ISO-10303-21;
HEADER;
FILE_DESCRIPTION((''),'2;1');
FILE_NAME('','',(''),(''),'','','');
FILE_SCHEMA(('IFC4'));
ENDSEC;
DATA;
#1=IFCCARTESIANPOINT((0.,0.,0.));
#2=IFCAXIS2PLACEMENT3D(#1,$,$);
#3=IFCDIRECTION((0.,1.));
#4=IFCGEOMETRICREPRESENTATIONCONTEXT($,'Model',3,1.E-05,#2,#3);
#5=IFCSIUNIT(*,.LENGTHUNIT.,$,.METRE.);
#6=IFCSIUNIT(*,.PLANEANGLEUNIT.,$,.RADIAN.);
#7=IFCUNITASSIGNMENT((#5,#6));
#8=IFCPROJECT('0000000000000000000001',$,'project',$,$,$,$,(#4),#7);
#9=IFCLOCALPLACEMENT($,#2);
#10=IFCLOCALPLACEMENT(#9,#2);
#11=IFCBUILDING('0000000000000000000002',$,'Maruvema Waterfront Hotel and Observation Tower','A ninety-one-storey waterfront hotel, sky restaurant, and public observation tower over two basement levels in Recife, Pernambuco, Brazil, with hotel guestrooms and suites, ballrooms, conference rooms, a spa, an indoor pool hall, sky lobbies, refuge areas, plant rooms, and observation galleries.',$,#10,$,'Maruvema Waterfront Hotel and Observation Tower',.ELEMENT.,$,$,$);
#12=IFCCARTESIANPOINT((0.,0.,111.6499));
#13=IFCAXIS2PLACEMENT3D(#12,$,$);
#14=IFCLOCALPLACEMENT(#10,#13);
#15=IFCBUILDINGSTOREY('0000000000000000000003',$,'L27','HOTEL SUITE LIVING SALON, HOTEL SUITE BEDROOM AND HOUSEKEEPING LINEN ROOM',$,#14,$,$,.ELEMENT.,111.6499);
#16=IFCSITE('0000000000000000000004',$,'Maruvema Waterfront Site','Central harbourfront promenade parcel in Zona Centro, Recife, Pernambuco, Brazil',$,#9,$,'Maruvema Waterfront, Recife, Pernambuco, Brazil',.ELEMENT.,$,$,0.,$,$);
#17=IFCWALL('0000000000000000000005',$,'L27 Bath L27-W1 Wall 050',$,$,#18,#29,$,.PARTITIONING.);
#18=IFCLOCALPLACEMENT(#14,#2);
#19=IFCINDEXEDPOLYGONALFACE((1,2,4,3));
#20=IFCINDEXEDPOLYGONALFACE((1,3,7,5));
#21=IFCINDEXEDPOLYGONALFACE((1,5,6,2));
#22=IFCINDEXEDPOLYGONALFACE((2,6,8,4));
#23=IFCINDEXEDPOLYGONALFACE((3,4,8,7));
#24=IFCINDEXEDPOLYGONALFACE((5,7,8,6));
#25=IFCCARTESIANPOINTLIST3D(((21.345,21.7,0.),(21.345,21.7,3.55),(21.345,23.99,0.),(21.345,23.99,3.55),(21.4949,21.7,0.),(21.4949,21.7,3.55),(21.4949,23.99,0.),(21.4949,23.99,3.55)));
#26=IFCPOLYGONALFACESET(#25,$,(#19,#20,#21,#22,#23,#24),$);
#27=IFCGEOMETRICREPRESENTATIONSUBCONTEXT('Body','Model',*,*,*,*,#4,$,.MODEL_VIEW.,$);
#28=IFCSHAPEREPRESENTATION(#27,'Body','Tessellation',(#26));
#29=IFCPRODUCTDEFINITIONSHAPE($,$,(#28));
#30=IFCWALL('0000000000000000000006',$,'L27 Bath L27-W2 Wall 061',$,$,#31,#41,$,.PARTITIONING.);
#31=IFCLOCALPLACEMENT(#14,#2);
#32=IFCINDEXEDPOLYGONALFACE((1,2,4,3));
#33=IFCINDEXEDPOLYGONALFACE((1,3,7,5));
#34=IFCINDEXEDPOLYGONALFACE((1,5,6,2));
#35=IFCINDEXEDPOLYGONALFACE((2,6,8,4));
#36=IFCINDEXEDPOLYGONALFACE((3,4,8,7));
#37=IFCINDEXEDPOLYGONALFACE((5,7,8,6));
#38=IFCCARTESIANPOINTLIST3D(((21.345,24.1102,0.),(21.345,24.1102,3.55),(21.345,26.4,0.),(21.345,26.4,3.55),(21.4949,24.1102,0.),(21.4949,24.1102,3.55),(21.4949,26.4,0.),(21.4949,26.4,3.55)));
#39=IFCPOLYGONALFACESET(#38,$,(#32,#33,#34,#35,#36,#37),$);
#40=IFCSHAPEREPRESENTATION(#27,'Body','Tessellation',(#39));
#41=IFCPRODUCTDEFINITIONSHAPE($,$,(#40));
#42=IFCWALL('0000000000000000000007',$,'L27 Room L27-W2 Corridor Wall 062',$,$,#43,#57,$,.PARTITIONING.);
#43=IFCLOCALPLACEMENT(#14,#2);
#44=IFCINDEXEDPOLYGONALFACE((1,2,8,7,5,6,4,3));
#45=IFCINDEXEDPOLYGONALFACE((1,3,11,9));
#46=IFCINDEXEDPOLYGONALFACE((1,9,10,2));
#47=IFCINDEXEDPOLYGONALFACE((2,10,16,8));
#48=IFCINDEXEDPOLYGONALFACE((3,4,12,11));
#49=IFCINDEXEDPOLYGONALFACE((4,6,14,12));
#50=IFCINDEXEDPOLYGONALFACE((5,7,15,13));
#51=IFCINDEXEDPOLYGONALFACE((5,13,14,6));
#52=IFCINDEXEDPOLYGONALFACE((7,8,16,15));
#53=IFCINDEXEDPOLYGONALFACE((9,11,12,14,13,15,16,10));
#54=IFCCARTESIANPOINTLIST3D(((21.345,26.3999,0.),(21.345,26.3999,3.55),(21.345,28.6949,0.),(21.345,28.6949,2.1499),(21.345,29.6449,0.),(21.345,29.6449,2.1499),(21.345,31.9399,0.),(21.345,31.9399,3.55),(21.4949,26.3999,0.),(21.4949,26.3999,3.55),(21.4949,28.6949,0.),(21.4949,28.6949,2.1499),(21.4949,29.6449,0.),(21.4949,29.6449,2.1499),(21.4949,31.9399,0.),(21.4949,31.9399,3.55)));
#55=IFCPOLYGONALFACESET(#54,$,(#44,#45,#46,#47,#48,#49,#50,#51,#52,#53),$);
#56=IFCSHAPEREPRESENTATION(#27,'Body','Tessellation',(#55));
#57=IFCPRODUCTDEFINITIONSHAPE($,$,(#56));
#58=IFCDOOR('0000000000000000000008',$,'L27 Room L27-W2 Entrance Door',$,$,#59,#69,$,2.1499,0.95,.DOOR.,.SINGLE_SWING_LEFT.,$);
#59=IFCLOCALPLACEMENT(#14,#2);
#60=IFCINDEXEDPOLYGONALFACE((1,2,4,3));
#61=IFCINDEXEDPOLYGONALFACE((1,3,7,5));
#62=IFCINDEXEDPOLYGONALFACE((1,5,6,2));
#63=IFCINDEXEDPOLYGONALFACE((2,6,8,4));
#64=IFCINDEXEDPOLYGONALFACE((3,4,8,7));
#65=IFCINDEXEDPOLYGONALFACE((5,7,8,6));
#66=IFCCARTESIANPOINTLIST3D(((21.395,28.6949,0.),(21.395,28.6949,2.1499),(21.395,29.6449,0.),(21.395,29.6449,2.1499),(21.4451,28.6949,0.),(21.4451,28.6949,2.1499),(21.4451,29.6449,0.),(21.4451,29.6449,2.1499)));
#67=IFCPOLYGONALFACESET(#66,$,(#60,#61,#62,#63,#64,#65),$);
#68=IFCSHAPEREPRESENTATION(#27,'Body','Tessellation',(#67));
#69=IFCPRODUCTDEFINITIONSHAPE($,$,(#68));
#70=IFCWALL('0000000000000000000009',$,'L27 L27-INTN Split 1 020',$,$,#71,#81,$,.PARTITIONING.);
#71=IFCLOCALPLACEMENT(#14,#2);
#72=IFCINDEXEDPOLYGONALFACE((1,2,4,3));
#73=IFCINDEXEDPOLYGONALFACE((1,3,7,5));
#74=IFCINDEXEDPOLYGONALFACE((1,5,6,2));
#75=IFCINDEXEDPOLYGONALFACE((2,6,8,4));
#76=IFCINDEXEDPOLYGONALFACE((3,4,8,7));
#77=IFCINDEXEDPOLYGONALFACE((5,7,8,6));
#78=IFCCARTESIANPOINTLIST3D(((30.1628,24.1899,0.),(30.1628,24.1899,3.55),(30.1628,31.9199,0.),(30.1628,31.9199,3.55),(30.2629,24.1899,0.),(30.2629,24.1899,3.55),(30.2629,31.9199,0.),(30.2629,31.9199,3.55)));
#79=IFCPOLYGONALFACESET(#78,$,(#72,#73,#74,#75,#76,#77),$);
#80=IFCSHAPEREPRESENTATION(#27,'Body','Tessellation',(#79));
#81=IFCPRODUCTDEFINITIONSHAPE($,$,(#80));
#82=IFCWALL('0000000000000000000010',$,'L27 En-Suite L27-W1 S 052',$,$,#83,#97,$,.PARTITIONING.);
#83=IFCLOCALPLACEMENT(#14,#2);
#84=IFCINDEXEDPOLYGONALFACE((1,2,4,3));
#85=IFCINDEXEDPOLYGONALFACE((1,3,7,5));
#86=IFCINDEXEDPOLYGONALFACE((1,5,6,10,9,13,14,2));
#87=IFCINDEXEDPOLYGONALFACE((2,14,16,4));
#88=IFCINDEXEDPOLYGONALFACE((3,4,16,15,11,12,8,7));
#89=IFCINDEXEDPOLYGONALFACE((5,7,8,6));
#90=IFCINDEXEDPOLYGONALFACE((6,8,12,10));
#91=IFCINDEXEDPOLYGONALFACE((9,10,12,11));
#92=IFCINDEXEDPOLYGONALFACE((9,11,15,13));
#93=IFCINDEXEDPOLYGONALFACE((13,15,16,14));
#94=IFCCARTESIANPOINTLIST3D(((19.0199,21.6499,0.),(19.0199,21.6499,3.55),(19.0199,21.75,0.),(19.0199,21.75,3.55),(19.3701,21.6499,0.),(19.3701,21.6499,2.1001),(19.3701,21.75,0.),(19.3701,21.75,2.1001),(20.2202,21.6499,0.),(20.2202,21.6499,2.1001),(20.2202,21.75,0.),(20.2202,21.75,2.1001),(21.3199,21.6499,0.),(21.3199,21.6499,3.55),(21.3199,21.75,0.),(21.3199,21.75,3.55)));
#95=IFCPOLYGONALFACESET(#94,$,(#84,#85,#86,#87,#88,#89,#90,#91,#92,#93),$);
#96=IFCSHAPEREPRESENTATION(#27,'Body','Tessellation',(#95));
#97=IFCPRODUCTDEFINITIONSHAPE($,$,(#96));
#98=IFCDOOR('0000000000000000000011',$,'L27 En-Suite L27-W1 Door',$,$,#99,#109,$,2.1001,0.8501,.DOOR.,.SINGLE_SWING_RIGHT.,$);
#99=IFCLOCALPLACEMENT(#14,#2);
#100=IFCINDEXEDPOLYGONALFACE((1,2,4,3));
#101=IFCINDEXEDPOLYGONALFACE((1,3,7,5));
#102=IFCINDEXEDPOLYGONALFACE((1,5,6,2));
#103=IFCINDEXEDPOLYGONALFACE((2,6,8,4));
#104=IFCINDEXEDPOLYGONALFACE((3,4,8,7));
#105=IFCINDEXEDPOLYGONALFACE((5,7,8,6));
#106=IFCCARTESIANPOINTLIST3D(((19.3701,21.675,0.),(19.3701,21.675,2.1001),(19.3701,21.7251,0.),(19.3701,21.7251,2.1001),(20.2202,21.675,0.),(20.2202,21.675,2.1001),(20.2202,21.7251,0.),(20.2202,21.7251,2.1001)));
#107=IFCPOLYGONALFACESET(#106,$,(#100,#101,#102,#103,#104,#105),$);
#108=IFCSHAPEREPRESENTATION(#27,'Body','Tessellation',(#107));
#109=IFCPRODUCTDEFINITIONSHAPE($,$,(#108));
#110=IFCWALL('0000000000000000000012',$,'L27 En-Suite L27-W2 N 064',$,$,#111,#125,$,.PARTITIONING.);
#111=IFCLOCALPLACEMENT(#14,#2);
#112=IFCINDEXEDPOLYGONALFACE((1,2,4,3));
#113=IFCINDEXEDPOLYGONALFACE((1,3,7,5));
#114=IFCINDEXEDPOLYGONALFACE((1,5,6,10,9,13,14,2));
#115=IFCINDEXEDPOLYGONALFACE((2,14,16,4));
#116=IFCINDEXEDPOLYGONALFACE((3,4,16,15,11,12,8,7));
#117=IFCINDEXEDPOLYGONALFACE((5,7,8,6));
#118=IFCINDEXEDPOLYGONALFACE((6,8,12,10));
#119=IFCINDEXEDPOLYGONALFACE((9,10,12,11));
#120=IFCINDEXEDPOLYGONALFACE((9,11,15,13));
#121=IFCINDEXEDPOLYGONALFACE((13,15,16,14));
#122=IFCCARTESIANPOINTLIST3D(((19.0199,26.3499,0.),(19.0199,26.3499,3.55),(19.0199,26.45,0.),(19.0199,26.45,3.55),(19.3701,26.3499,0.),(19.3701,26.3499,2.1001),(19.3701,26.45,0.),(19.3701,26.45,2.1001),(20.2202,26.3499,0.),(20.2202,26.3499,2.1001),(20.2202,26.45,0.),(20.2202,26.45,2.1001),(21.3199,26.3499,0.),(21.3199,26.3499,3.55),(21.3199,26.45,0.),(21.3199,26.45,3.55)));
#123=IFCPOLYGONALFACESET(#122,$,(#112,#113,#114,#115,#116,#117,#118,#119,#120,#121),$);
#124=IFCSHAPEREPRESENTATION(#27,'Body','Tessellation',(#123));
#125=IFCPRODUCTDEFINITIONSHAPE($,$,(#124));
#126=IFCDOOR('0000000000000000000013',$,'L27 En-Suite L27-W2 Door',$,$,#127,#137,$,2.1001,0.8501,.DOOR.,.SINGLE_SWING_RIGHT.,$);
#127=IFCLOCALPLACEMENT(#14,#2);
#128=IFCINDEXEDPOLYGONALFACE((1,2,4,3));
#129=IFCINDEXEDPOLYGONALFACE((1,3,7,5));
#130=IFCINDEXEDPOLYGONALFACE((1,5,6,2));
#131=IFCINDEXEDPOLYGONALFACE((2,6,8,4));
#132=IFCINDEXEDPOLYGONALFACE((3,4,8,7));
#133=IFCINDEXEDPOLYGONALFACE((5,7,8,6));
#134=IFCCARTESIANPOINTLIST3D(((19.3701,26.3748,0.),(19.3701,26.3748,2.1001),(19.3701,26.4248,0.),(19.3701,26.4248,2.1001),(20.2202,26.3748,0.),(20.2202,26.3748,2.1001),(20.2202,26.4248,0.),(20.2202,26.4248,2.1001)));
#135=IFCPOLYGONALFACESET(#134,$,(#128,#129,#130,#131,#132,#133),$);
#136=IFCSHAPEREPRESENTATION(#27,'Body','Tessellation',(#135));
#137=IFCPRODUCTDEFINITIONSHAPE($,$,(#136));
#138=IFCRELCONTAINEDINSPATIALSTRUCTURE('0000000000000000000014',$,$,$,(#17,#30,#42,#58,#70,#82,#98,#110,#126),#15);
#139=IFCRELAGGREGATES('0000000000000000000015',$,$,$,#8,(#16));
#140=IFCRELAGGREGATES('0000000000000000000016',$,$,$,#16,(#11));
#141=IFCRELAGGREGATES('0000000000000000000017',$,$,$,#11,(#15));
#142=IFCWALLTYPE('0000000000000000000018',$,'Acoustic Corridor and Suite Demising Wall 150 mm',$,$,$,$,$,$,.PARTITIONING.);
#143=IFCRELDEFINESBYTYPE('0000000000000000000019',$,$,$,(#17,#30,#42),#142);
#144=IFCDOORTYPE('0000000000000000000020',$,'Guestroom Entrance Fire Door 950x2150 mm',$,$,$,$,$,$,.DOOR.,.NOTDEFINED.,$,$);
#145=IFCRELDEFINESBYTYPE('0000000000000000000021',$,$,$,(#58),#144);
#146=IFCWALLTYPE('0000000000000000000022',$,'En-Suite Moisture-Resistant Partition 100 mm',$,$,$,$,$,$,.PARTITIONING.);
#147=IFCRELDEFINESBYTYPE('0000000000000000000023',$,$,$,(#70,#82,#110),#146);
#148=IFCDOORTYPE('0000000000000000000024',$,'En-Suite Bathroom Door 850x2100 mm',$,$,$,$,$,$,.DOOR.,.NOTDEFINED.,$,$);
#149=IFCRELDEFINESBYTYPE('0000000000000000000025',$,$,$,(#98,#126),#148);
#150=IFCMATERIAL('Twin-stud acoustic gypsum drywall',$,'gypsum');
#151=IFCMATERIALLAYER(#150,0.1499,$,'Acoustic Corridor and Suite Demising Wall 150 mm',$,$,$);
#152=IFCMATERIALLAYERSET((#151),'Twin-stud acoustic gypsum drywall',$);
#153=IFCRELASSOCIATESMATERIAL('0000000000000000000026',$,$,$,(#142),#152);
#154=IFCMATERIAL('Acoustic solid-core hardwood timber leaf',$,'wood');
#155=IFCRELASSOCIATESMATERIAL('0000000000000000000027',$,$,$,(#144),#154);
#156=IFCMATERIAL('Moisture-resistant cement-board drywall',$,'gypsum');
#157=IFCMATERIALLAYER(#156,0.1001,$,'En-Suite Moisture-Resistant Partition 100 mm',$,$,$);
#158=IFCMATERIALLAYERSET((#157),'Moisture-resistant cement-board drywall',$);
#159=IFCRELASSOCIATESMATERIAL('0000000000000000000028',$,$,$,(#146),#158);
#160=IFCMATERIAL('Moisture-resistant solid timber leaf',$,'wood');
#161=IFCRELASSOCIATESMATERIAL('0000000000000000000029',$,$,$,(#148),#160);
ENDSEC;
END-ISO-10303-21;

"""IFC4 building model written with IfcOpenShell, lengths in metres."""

from ifc_helpers import new_model, si_unit, direction, frame, frame_2d, origin, place, context, subcontext, project, spatial, rectangle, extrude, material, layer, layer_set, type_object, element, fill, save


model = new_model("IFC4")

# Units and contexts
model_context = context("Model", 3, precision=1e-05, world=origin(), true_north=direction((0.0, 1.0)))
body_context = subcontext(model_context, "Body", "Model", "MODEL_VIEW")
ifc_project = project(units=[si_unit("LENGTHUNIT", "METRE"), si_unit("PLANEANGLEUNIT", "RADIAN")], contexts=[model_context])

# Site, building, storey
site_placement = place(None, origin())
site = spatial("IfcSite", under=ifc_project, at=site_placement, Name="Maruvema Waterfront Site", Description="Central harbourfront promenade parcel in Zona Centro, Recife, Pernambuco, Brazil", LongName="Maruvema Waterfront, Recife, Pernambuco, Brazil", CompositionType="ELEMENT", RefElevation=0.0)
building_placement = place(site_placement, origin())
building = spatial("IfcBuilding", under=site, at=building_placement, Name="Maruvema Waterfront Hotel and Observation Tower", Description="A ninety-one-storey waterfront hotel, sky restaurant, and public observation tower over two basement levels in Recife, Pernambuco, Brazil, with hotel guestrooms and suites, ballrooms, conference rooms, a spa, an indoor pool hall, sky lobbies, refuge areas, plant rooms, and observation galleries.", LongName="Maruvema Waterfront Hotel and Observation Tower", CompositionType="ELEMENT")
storey_placement = place(building_placement, frame((0.0, 0.0, 111.6499)))
storey = spatial("IfcBuildingStorey", under=building, at=storey_placement, Name="L27", Description="HOTEL SUITE LIVING SALON, HOTEL SUITE BEDROOM AND HOUSEKEEPING LINEN ROOM", CompositionType="ELEMENT", Elevation=111.6499)

# Walls
ifc_material_1 = material(Name="Twin-stud acoustic gypsum drywall", Category="gypsum")
ifc_layer_1 = layer(ifc_material_1, 0.1499, Name="Acoustic Corridor and Suite Demising Wall 150 mm")
ifc_layer_set_1 = layer_set([ifc_layer_1], Name="Twin-stud acoustic gypsum drywall")
wall_type_1 = type_object("IfcWallType", Name="Acoustic Corridor and Suite Demising Wall 150 mm", PredefinedType="PARTITIONING", material=ifc_layer_set_1)
wall_1_placement = place(storey_placement, frame((21.4199, 21.7, 0.0), z_axis=(0.0, 0.0, 1.0), x_axis=(0.0, 1.0, 0.0)))
element("IfcWall", 1, at=wall_1_placement, inside=storey, type_object=wall_type_1, Name="L27 Bath L27-W1 Wall 050", PredefinedType="PARTITIONING", context=body_context, shape_type="SweptSolid", body=[
    extrude(rectangle(XDim=2.29, YDim=0.1499, at=frame_2d((1.145, 0.0))), origin(), (0.0, 0.0, 1.0), 3.55),
])
wall_2_placement = place(storey_placement, frame((21.4199, 24.1101, 0.0), z_axis=(0.0, 0.0, 1.0), x_axis=(0.0, 1.0, 0.0)))
element("IfcWall", 2, at=wall_2_placement, inside=storey, type_object=wall_type_1, Name="L27 Bath L27-W2 Wall 061", PredefinedType="PARTITIONING", context=body_context, shape_type="SweptSolid", body=[
    extrude(rectangle(XDim=2.2898, YDim=0.1499, at=frame_2d((1.145, 0.0))), origin(), (0.0, 0.0, 1.0), 3.55),
])

# Wall, opening, door
wall_3_placement = place(storey_placement, frame((21.4199, 26.3999, 0.0), z_axis=(0.0, 0.0, 1.0), x_axis=(0.0, 1.0, 0.0)))
wall_3 = element("IfcWall", 3, at=wall_3_placement, inside=storey, type_object=wall_type_1, Name="L27 Room L27-W2 Corridor Wall 062", PredefinedType="PARTITIONING", context=body_context, shape_type="SweptSolid", body=[
    extrude(rectangle(XDim=5.54, YDim=0.1499, at=frame_2d((2.77, 0.0))), origin(), (0.0, 0.0, 1.0), 3.55),
])
opening_1_placement = place(wall_3_placement, frame((2.2949, 0.0, 0.0)))
opening_1 = element("IfcOpeningElement", 4, at=opening_1_placement, cuts=wall_3, PredefinedType="OPENING", context=body_context, shape_type="SweptSolid", body=[
    extrude(rectangle(XDim=0.95, YDim=2.1499, at=frame_2d((0.4751, 1.075))), frame((0.0, 0.085, 0.0), z_axis=(0.0, -1.0, 0.0), x_axis=(1.0, 0.0, 0.0)), (0.0, 0.0, 1.0), 0.1699),
])
ifc_material_2 = material(Name="Acoustic solid-core hardwood timber leaf", Category="wood")
door_type_1 = type_object("IfcDoorType", Name="Guestroom Entrance Fire Door 950x2150 mm", OperationType="NOTDEFINED", PredefinedType="DOOR", material=ifc_material_2)
door_1_placement = place(opening_1_placement, origin())
door_1 = element("IfcDoor", 5, at=door_1_placement, inside=storey, type_object=door_type_1, Name="L27 Room L27-W2 Entrance Door", OperationType="SINGLE_SWING_LEFT", OverallHeight=2.1499, OverallWidth=0.95, PredefinedType="DOOR", context=body_context, shape_type="SweptSolid", body=[
    extrude(rectangle(XDim=0.95, YDim=2.1499, at=frame_2d((0.4751, 1.075))), frame((0.0, 0.0249, 0.0), z_axis=(0.0, -1.0, 0.0), x_axis=(1.0, 0.0, 0.0)), (0.0, 0.0, 1.0), 0.05),
])
fill(opening_1, door_1)

# Wall
ifc_material_3 = material(Name="Moisture-resistant cement-board drywall", Category="gypsum")
ifc_layer_2 = layer(ifc_material_3, 0.1001, Name="En-Suite Moisture-Resistant Partition 100 mm")
ifc_layer_set_2 = layer_set([ifc_layer_2], Name="Moisture-resistant cement-board drywall")
wall_type_2 = type_object("IfcWallType", Name="En-Suite Moisture-Resistant Partition 100 mm", PredefinedType="PARTITIONING", material=ifc_layer_set_2)
wall_4_placement = place(storey_placement, frame((30.2129, 24.1899, 0.0), z_axis=(0.0, 0.0, 1.0), x_axis=(0.0, 1.0, 0.0)))
element("IfcWall", 6, at=wall_4_placement, inside=storey, type_object=wall_type_2, Name="L27 L27-INTN Split 1 020", PredefinedType="PARTITIONING", context=body_context, shape_type="SweptSolid", body=[
    extrude(rectangle(XDim=7.73, YDim=0.1001, at=frame_2d((3.865, 0.0))), origin(), (0.0, 0.0, 1.0), 3.55),
])

# Walls, openings, doors
wall_5_placement = place(storey_placement, frame((19.02, 21.7, 0.0), z_axis=(0.0, 0.0, 1.0), x_axis=(1.0, 0.0, 0.0)))
wall_5 = element("IfcWall", 7, at=wall_5_placement, inside=storey, type_object=wall_type_2, Name="L27 En-Suite L27-W1 S 052", PredefinedType="PARTITIONING", context=body_context, shape_type="SweptSolid", body=[
    extrude(rectangle(XDim=2.3, YDim=0.1001, at=frame_2d((1.1499, 0.0))), origin(), (0.0, 0.0, 1.0), 3.55),
])
opening_2_placement = place(wall_5_placement, frame((0.3501, 0.0, 0.0)))
opening_2 = element("IfcOpeningElement", 8, at=opening_2_placement, cuts=wall_5, PredefinedType="OPENING", context=body_context, shape_type="SweptSolid", body=[
    extrude(rectangle(XDim=0.8501, YDim=2.1001, at=frame_2d((0.425, 1.05))), frame((0.0, 0.0601, 0.0), z_axis=(0.0, -1.0, 0.0), x_axis=(1.0, 0.0, 0.0)), (0.0, 0.0, 1.0), 0.1201),
])
ifc_material_4 = material(Name="Moisture-resistant solid timber leaf", Category="wood")
door_type_2 = type_object("IfcDoorType", Name="En-Suite Bathroom Door 850x2100 mm", OperationType="NOTDEFINED", PredefinedType="DOOR", material=ifc_material_4)
door_2_placement = place(opening_2_placement, frame((0.8501, 0.0, 0.0), z_axis=(0.0, 0.0, 1.0), x_axis=(-1.0, 0.0, 0.0)))
door_2 = element("IfcDoor", 9, at=door_2_placement, inside=storey, type_object=door_type_2, Name="L27 En-Suite L27-W1 Door", OperationType="SINGLE_SWING_RIGHT", OverallHeight=2.1001, OverallWidth=0.8501, PredefinedType="DOOR", context=body_context, shape_type="SweptSolid", body=[
    extrude(rectangle(XDim=0.8501, YDim=2.1001, at=frame_2d((0.425, 1.05))), frame((0.0, 0.0249, 0.0), z_axis=(0.0, -1.0, 0.0), x_axis=(1.0, 0.0, 0.0)), (0.0, 0.0, 1.0), 0.05),
])
fill(opening_2, door_2)
wall_6_placement = place(storey_placement, frame((19.02, 26.3999, 0.0), z_axis=(0.0, 0.0, 1.0), x_axis=(1.0, 0.0, 0.0)))
wall_6 = element("IfcWall", 10, at=wall_6_placement, inside=storey, type_object=wall_type_2, Name="L27 En-Suite L27-W2 N 064", PredefinedType="PARTITIONING", context=body_context, shape_type="SweptSolid", body=[
    extrude(rectangle(XDim=2.3, YDim=0.1001, at=frame_2d((1.1499, 0.0))), origin(), (0.0, 0.0, 1.0), 3.55),
])
opening_3_placement = place(wall_6_placement, frame((0.3501, 0.0, 0.0)))
opening_3 = element("IfcOpeningElement", 11, at=opening_3_placement, cuts=wall_6, PredefinedType="OPENING", context=body_context, shape_type="SweptSolid", body=[
    extrude(rectangle(XDim=0.8501, YDim=2.1001, at=frame_2d((0.425, 1.05))), frame((0.0, 0.0601, 0.0), z_axis=(0.0, -1.0, 0.0), x_axis=(1.0, 0.0, 0.0)), (0.0, 0.0, 1.0), 0.1201),
])
door_3_placement = place(opening_3_placement, origin())
door_3 = element("IfcDoor", 12, at=door_3_placement, inside=storey, type_object=door_type_2, Name="L27 En-Suite L27-W2 Door", OperationType="SINGLE_SWING_RIGHT", OverallHeight=2.1001, OverallWidth=0.8501, PredefinedType="DOOR", context=body_context, shape_type="SweptSolid", body=[
    extrude(rectangle(XDim=0.8501, YDim=2.1001, at=frame_2d((0.425, 1.05))), frame((0.0, 0.0249, 0.0), z_axis=(0.0, -1.0, 0.0), x_axis=(1.0, 0.0, 0.0)), (0.0, 0.0, 1.0), 0.05),
])
fill(opening_3, door_3)

save(model, "model.ifc")
